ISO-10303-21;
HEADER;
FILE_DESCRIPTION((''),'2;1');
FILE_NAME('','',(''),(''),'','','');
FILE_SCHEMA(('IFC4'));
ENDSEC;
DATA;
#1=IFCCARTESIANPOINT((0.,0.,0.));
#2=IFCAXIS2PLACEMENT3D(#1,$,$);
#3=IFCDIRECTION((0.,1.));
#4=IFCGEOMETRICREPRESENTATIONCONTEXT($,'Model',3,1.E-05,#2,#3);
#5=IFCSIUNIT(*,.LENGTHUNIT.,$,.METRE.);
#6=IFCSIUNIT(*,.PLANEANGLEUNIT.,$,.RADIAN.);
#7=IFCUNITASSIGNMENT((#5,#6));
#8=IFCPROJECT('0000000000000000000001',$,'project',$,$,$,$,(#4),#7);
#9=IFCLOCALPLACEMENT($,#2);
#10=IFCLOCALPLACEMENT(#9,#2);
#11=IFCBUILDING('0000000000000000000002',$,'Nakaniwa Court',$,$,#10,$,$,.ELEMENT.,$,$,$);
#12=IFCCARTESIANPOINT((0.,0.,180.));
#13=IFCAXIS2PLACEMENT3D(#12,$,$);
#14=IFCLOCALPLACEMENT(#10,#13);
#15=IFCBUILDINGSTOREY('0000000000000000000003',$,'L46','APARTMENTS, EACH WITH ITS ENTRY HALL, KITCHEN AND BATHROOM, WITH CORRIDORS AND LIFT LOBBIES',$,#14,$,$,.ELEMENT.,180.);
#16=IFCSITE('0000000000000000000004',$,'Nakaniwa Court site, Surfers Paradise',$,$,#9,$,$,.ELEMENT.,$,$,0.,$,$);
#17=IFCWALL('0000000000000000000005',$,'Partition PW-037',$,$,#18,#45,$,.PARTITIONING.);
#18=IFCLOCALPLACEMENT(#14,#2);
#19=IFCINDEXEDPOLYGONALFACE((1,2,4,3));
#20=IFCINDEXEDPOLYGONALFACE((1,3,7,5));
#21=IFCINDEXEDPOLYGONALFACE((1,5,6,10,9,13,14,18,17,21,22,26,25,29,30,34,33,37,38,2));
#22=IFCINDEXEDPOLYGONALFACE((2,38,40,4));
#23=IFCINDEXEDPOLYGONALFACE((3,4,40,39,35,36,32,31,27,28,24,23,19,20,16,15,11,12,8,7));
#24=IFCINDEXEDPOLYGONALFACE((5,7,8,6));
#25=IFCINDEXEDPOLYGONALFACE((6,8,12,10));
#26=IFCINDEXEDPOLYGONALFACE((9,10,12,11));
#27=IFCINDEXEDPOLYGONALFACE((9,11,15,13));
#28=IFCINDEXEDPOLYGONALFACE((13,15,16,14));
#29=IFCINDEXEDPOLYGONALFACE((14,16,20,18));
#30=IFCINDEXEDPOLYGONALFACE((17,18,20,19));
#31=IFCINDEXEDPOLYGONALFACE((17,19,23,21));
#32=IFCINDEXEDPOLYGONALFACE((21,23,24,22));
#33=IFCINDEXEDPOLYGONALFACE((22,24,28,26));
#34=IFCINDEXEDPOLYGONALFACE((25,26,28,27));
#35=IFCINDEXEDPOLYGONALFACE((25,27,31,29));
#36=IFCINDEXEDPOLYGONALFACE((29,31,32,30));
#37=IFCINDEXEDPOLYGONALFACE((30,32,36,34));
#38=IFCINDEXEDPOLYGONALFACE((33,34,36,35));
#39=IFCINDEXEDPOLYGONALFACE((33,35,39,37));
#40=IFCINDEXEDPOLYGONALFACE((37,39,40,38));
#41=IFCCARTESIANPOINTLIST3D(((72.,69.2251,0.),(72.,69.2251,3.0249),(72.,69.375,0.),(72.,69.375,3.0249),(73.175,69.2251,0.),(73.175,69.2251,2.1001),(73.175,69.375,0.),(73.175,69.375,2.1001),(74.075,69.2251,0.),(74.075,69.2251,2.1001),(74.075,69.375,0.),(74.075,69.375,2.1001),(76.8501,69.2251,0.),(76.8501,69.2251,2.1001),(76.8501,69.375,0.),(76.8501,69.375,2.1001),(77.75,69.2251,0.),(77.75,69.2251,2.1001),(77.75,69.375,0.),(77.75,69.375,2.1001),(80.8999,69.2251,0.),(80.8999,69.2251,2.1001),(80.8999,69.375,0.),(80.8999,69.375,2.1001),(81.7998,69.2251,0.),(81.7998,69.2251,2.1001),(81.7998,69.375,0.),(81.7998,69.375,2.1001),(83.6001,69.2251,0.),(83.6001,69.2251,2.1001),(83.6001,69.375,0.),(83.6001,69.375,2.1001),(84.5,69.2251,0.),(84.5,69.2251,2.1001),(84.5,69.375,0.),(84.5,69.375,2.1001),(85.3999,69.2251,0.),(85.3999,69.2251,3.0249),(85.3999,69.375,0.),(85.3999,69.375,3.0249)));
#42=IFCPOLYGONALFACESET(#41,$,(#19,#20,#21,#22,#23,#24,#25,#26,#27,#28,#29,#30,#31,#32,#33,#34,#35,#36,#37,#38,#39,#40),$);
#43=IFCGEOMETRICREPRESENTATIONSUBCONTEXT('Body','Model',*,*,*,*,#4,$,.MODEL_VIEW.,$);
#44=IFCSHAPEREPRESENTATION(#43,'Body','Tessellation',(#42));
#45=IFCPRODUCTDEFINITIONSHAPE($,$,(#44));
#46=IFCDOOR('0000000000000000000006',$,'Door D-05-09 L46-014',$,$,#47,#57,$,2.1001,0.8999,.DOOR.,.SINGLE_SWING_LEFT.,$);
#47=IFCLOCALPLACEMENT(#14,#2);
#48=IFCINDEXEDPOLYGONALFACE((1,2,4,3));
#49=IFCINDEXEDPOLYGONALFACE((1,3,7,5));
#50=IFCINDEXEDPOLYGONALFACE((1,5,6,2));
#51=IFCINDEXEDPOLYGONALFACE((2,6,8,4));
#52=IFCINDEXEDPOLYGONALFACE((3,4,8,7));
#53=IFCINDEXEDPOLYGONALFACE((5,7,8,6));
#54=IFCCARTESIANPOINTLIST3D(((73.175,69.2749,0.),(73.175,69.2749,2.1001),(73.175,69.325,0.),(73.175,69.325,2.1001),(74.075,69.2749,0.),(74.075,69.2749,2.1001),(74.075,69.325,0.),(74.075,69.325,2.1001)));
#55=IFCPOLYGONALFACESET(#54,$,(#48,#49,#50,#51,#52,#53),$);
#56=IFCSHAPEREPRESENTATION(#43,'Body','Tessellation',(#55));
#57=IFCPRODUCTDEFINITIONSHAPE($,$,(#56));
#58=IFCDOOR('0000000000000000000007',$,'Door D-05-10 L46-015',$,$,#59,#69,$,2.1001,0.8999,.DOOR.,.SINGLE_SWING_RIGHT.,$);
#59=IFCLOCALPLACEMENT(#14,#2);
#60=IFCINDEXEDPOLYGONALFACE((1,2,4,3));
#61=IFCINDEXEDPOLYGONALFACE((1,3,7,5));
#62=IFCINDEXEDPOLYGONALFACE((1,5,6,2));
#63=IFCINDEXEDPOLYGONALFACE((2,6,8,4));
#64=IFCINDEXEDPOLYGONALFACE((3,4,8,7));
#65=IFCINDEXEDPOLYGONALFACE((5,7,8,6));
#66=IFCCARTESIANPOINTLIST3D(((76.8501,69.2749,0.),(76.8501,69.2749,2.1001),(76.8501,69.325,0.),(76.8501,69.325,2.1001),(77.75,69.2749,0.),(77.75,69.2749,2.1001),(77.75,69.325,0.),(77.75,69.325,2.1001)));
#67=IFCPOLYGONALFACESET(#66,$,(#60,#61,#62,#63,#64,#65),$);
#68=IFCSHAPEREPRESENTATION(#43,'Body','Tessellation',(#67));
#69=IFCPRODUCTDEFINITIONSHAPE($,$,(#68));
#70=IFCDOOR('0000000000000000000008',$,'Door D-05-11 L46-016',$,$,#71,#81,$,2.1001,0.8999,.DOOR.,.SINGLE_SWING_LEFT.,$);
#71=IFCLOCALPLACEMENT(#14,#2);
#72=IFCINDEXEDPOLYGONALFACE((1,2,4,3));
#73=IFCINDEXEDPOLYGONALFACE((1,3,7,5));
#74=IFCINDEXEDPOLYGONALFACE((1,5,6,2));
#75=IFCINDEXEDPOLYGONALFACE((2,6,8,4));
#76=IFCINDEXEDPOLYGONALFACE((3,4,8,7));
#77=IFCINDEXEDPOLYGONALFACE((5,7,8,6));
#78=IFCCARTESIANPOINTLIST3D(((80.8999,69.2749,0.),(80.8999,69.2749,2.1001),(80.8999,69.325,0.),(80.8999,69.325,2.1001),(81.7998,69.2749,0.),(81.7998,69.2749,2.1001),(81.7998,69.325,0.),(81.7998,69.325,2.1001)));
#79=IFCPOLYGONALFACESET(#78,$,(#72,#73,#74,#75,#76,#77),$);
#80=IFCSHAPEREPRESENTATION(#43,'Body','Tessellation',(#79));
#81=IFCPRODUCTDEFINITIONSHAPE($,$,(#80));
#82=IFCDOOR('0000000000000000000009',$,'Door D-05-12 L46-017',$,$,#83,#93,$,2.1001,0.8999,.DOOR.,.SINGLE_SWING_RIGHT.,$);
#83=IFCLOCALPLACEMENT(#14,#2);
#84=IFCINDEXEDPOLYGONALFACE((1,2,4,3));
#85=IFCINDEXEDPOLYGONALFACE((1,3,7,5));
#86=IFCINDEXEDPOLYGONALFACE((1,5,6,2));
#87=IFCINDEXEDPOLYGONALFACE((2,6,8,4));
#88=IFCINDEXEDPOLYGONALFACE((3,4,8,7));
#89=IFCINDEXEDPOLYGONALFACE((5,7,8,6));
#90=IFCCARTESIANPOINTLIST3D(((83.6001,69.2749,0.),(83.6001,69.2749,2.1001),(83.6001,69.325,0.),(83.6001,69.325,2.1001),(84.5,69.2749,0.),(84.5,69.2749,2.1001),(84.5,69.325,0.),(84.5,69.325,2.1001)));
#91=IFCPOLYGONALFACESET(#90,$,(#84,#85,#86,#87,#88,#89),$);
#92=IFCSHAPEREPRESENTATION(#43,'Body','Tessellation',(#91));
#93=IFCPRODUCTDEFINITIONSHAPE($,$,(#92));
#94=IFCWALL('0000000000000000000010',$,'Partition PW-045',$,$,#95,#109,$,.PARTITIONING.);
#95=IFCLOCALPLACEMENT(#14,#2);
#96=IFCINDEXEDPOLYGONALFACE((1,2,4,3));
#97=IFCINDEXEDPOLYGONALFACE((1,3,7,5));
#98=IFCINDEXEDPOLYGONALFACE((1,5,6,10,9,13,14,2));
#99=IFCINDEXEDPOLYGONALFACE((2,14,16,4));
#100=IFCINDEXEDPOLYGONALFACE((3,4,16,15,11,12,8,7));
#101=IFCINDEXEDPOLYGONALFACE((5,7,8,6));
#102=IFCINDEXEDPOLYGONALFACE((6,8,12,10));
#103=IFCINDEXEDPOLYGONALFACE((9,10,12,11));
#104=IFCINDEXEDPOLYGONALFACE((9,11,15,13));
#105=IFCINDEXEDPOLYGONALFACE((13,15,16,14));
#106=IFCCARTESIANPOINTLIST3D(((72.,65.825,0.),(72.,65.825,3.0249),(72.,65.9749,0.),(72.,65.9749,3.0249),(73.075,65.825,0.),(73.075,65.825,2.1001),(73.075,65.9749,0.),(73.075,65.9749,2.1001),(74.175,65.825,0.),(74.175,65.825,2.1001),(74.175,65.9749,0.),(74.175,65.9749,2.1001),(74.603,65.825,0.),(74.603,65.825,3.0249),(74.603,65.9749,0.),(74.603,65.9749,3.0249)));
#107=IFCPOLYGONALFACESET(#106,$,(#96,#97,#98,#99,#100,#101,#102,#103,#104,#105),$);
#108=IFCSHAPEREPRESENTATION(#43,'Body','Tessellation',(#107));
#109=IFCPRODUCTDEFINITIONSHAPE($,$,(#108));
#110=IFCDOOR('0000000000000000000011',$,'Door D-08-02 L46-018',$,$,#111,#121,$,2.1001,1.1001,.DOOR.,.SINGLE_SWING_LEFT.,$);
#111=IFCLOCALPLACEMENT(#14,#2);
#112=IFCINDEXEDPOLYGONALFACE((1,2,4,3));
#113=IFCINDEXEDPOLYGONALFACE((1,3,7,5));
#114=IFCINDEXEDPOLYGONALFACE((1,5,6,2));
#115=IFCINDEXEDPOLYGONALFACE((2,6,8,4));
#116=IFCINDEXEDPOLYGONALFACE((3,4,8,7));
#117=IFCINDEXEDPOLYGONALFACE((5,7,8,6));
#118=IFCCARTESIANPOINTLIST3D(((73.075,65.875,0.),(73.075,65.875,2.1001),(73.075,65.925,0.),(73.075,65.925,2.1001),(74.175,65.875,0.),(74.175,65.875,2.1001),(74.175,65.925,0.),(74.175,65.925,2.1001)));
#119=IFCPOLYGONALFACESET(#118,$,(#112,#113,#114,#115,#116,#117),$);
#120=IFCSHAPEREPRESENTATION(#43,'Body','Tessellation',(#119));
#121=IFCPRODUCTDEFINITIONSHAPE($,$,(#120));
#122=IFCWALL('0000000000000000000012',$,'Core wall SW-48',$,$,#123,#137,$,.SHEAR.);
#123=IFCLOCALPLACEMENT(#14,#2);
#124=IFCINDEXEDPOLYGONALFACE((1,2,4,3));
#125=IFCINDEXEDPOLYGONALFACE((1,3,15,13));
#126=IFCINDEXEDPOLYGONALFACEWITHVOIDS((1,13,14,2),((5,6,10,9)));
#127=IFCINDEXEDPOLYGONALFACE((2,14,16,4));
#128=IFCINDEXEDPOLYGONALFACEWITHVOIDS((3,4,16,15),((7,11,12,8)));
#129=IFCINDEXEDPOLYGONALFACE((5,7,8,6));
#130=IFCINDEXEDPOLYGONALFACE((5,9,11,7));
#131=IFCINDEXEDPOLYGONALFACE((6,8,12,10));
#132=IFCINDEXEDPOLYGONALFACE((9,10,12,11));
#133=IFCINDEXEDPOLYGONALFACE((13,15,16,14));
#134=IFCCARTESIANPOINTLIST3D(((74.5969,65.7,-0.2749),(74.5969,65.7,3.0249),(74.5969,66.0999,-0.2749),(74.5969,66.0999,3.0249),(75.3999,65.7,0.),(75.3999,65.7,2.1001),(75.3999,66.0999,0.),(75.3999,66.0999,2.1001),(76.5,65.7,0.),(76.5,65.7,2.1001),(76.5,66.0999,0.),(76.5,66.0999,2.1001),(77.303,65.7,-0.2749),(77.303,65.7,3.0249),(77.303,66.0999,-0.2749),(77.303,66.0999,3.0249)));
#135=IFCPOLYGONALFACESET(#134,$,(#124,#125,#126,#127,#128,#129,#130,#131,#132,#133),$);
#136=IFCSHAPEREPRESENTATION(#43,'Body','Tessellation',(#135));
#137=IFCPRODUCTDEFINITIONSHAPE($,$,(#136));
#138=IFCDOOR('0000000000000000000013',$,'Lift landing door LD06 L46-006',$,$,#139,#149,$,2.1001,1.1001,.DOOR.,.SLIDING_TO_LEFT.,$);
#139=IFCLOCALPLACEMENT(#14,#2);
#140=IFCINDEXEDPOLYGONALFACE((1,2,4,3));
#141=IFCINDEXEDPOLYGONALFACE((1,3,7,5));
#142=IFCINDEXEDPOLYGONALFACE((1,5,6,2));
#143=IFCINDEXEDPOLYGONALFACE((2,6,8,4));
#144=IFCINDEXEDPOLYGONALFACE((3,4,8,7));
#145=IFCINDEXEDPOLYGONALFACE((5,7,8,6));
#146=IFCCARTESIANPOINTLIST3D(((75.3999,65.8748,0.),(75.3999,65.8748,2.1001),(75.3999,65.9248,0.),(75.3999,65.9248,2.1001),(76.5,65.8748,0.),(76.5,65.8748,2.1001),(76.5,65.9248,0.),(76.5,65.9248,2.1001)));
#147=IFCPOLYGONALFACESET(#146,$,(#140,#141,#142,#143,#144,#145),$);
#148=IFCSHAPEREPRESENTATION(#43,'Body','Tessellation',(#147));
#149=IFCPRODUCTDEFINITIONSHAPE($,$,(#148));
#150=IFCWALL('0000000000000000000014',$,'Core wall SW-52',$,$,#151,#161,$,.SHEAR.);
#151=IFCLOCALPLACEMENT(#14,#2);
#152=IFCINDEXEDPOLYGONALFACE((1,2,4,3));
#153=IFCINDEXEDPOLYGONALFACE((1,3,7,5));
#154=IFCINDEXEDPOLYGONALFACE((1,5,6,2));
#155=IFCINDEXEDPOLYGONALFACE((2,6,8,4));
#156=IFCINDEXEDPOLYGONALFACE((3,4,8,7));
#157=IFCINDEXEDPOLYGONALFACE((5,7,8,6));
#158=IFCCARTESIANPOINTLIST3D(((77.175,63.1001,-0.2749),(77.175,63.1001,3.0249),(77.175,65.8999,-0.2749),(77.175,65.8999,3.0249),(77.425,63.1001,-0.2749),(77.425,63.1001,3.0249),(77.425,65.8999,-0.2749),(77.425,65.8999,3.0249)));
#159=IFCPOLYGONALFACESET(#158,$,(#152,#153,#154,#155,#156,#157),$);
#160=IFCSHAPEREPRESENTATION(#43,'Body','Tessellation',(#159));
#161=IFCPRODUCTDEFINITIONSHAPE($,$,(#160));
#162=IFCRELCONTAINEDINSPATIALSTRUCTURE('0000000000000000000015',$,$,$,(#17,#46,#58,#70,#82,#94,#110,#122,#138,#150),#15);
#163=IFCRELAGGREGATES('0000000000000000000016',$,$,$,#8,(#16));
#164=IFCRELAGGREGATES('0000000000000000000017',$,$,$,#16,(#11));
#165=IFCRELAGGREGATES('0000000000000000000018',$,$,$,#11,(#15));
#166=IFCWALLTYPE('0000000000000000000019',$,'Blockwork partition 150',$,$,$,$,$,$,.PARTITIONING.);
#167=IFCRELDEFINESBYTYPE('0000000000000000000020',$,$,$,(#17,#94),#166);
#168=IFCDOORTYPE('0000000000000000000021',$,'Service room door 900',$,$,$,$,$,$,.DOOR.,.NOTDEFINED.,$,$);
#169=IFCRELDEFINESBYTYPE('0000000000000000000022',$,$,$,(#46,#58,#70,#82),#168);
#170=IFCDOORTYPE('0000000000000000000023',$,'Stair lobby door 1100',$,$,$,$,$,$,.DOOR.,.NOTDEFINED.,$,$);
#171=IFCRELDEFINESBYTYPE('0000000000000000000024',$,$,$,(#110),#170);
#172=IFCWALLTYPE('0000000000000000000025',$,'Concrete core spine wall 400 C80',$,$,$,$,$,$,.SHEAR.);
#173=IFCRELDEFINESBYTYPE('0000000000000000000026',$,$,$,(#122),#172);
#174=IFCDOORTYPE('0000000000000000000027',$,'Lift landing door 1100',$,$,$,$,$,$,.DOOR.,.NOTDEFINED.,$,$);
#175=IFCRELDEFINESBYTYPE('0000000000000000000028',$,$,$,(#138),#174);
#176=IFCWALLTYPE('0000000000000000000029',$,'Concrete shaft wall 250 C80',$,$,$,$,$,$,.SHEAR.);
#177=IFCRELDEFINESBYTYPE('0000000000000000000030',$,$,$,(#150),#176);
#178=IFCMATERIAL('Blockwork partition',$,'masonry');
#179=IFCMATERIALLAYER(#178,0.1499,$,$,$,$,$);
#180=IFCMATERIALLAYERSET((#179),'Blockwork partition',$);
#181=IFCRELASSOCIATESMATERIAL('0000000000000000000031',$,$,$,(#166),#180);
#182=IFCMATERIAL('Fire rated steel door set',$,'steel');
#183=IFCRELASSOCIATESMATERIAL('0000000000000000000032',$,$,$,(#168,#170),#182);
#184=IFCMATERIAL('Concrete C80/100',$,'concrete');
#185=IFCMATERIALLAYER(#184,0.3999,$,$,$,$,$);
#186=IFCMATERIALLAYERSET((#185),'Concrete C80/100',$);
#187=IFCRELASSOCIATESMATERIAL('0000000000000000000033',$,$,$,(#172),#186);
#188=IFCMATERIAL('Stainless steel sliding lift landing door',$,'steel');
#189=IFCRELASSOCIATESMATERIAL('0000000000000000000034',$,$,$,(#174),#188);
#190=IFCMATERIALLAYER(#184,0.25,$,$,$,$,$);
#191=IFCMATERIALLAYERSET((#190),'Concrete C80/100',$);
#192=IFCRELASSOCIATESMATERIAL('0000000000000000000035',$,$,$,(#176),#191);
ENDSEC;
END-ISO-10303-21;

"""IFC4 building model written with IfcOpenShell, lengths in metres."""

from ifc_helpers import new_model, si_unit, direction, frame, frame_2d, origin, place, context, subcontext, project, spatial, rectangle, extrude, material, layer, layer_set, type_object, element, fill, save


model = new_model("IFC4")

# Units and contexts
model_context = context("Model", 3, precision=1e-05, world=origin(), true_north=direction((0.0, 1.0)))
body_context = subcontext(model_context, "Body", "Model", "MODEL_VIEW")
ifc_project = project(units=[si_unit("LENGTHUNIT", "METRE"), si_unit("PLANEANGLEUNIT", "RADIAN")], contexts=[model_context])

# Site, building, storey
site_placement = place(None, origin())
site = spatial("IfcSite", under=ifc_project, at=site_placement, Name="Nakaniwa Court site, Surfers Paradise", CompositionType="ELEMENT", RefElevation=0.0)
building_placement = place(site_placement, origin())
building = spatial("IfcBuilding", under=site, at=building_placement, Name="Nakaniwa Court", CompositionType="ELEMENT")
storey_placement = place(building_placement, frame((0.0, 0.0, 180.0)))
storey = spatial("IfcBuildingStorey", under=building, at=storey_placement, Name="L46", Description="APARTMENTS, EACH WITH ITS ENTRY HALL, KITCHEN AND BATHROOM, WITH CORRIDORS AND LIFT LOBBIES", CompositionType="ELEMENT", Elevation=180.0)

# Shared definitions
ifc_material_1 = material(Name="Concrete C80/100", Category="concrete")

# Wall, openings, doors
ifc_material_2 = material(Name="Blockwork partition", Category="masonry")
ifc_layer_1 = layer(ifc_material_2, 0.1499)
ifc_layer_set_1 = layer_set([ifc_layer_1], Name="Blockwork partition")
wall_type_1 = type_object("IfcWallType", Name="Blockwork partition 150", PredefinedType="PARTITIONING", material=ifc_layer_set_1)
wall_1_placement = place(storey_placement, frame((72.0, 69.3, 0.0), z_axis=(0.0, 0.0, 1.0), x_axis=(1.0, 0.0, 0.0)))
wall_1 = element("IfcWall", 1, at=wall_1_placement, inside=storey, type_object=wall_type_1, Name="Partition PW-037", PredefinedType="PARTITIONING", context=body_context, shape_type="SweptSolid", body=[
    extrude(rectangle(XDim=13.3999, YDim=0.1499, at=frame_2d((6.7, 0.0))), origin(), (0.0, 0.0, 1.0), 3.0249),
])
opening_1_placement = place(wall_1_placement, frame((1.175, 0.0, 0.0)))
opening_1 = element("IfcOpeningElement", 2, at=opening_1_placement, cuts=wall_1, PredefinedType="OPENING", context=body_context, shape_type="SweptSolid", body=[
    extrude(rectangle(XDim=0.8999, YDim=2.1001, at=frame_2d((0.45, 1.05))), frame((0.0, 0.085, 0.0), z_axis=(0.0, -1.0, 0.0), x_axis=(1.0, 0.0, 0.0)), (0.0, 0.0, 1.0), 0.1699),
])
opening_2_placement = place(wall_1_placement, frame((4.8501, 0.0, 0.0)))
opening_2 = element("IfcOpeningElement", 3, at=opening_2_placement, cuts=wall_1, PredefinedType="OPENING", context=body_context, shape_type="SweptSolid", body=[
    extrude(rectangle(XDim=0.8999, YDim=2.1001, at=frame_2d((0.45, 1.05))), frame((0.0, 0.085, 0.0), z_axis=(0.0, -1.0, 0.0), x_axis=(1.0, 0.0, 0.0)), (0.0, 0.0, 1.0), 0.1699),
])
opening_3_placement = place(wall_1_placement, frame((8.8999, 0.0, 0.0)))
opening_3 = element("IfcOpeningElement", 4, at=opening_3_placement, cuts=wall_1, PredefinedType="OPENING", context=body_context, shape_type="SweptSolid", body=[
    extrude(rectangle(XDim=0.8999, YDim=2.1001, at=frame_2d((0.45, 1.05))), frame((0.0, 0.085, 0.0), z_axis=(0.0, -1.0, 0.0), x_axis=(1.0, 0.0, 0.0)), (0.0, 0.0, 1.0), 0.1699),
])
opening_4_placement = place(wall_1_placement, frame((11.6001, 0.0, 0.0)))
opening_4 = element("IfcOpeningElement", 5, at=opening_4_placement, cuts=wall_1, PredefinedType="OPENING", context=body_context, shape_type="SweptSolid", body=[
    extrude(rectangle(XDim=0.8999, YDim=2.1001, at=frame_2d((0.45, 1.05))), frame((0.0, 0.085, 0.0), z_axis=(0.0, -1.0, 0.0), x_axis=(1.0, 0.0, 0.0)), (0.0, 0.0, 1.0), 0.1699),
])
ifc_material_3 = material(Name="Fire rated steel door set", Category="steel")
door_type_1 = type_object("IfcDoorType", Name="Service room door 900", OperationType="NOTDEFINED", PredefinedType="DOOR", material=ifc_material_3)
door_1_placement = place(opening_1_placement, origin())
door_1 = element("IfcDoor", 6, at=door_1_placement, inside=storey, type_object=door_type_1, Name="Door D-05-09 L46-014", OperationType="SINGLE_SWING_LEFT", OverallHeight=2.1001, OverallWidth=0.8999, PredefinedType="DOOR", context=body_context, shape_type="SweptSolid", body=[
    extrude(rectangle(XDim=0.8999, YDim=2.1001, at=frame_2d((0.45, 1.05))), frame((0.0, 0.0249, 0.0), z_axis=(0.0, -1.0, 0.0), x_axis=(1.0, 0.0, 0.0)), (0.0, 0.0, 1.0), 0.05),
])
fill(opening_1, door_1)
door_2_placement = place(opening_2_placement, origin())
door_2 = element("IfcDoor", 7, at=door_2_placement, inside=storey, type_object=door_type_1, Name="Door D-05-10 L46-015", OperationType="SINGLE_SWING_RIGHT", OverallHeight=2.1001, OverallWidth=0.8999, PredefinedType="DOOR", context=body_context, shape_type="SweptSolid", body=[
    extrude(rectangle(XDim=0.8999, YDim=2.1001, at=frame_2d((0.45, 1.05))), frame((0.0, 0.0249, 0.0), z_axis=(0.0, -1.0, 0.0), x_axis=(1.0, 0.0, 0.0)), (0.0, 0.0, 1.0), 0.05),
])
fill(opening_2, door_2)
door_3_placement = place(opening_3_placement, origin())
door_3 = element("IfcDoor", 8, at=door_3_placement, inside=storey, type_object=door_type_1, Name="Door D-05-11 L46-016", OperationType="SINGLE_SWING_LEFT", OverallHeight=2.1001, OverallWidth=0.8999, PredefinedType="DOOR", context=body_context, shape_type="SweptSolid", body=[
    extrude(rectangle(XDim=0.8999, YDim=2.1001, at=frame_2d((0.45, 1.05))), frame((0.0, 0.0249, 0.0), z_axis=(0.0, -1.0, 0.0), x_axis=(1.0, 0.0, 0.0)), (0.0, 0.0, 1.0), 0.05),
])
fill(opening_3, door_3)
door_4_placement = place(opening_4_placement, origin())
door_4 = element("IfcDoor", 9, at=door_4_placement, inside=storey, type_object=door_type_1, Name="Door D-05-12 L46-017", OperationType="SINGLE_SWING_RIGHT", OverallHeight=2.1001, OverallWidth=0.8999, PredefinedType="DOOR", context=body_context, shape_type="SweptSolid", body=[
    extrude(rectangle(XDim=0.8999, YDim=2.1001, at=frame_2d((0.45, 1.05))), frame((0.0, 0.0249, 0.0), z_axis=(0.0, -1.0, 0.0), x_axis=(1.0, 0.0, 0.0)), (0.0, 0.0, 1.0), 0.05),
])
fill(opening_4, door_4)

# Walls, openings, doors
wall_2_placement = place(storey_placement, frame((74.603, 65.8999, 0.0), z_axis=(0.0, 0.0, 1.0), x_axis=(-1.0, 0.0, 0.0)))
wall_2 = element("IfcWall", 10, at=wall_2_placement, inside=storey, type_object=wall_type_1, Name="Partition PW-045", PredefinedType="PARTITIONING", context=body_context, shape_type="SweptSolid", body=[
    extrude(rectangle(XDim=2.603, YDim=0.1499, at=frame_2d((1.3015, 0.0))), origin(), (0.0, 0.0, 1.0), 3.0249),
])
opening_5_placement = place(wall_2_placement, frame((0.428, 0.0, 0.0)))
opening_5 = element("IfcOpeningElement", 11, at=opening_5_placement, cuts=wall_2, PredefinedType="OPENING", context=body_context, shape_type="SweptSolid", body=[
    extrude(rectangle(XDim=1.1001, YDim=2.1001, at=frame_2d((0.55, 1.05))), frame((0.0, 0.085, 0.0), z_axis=(0.0, -1.0, 0.0), x_axis=(1.0, 0.0, 0.0)), (0.0, 0.0, 1.0), 0.1699),
])
door_type_2 = type_object("IfcDoorType", Name="Stair lobby door 1100", OperationType="NOTDEFINED", PredefinedType="DOOR", material=ifc_material_3)
door_5_placement = place(opening_5_placement, origin())
door_5 = element("IfcDoor", 12, at=door_5_placement, inside=storey, type_object=door_type_2, Name="Door D-08-02 L46-018", OperationType="SINGLE_SWING_LEFT", OverallHeight=2.1001, OverallWidth=1.1001, PredefinedType="DOOR", context=body_context, shape_type="SweptSolid", body=[
    extrude(rectangle(XDim=1.1001, YDim=2.1001, at=frame_2d((0.55, 1.05))), frame((0.0, 0.0249, 0.0), z_axis=(0.0, -1.0, 0.0), x_axis=(1.0, 0.0, 0.0)), (0.0, 0.0, 1.0), 0.05),
])
fill(opening_5, door_5)
ifc_layer_2 = layer(ifc_material_1, 0.3999)
ifc_layer_set_2 = layer_set([ifc_layer_2], Name="Concrete C80/100")
wall_type_2 = type_object("IfcWallType", Name="Concrete core spine wall 400 C80", PredefinedType="SHEAR", material=ifc_layer_set_2)
wall_3_placement = place(storey_placement, frame((74.5969, 65.8999, -0.2749), z_axis=(0.0, 0.0, 1.0), x_axis=(1.0, 0.0, 0.0)))
wall_3 = element("IfcWall", 13, at=wall_3_placement, inside=storey, type_object=wall_type_2, Name="Core wall SW-48", PredefinedType="SHEAR", context=body_context, shape_type="SweptSolid", body=[
    extrude(rectangle(XDim=2.7061, YDim=0.3999, at=frame_2d((1.353, 0.0))), origin(), (0.0, 0.0, 1.0), 3.2998),
])
opening_6_placement = place(wall_3_placement, frame((0.803, 0.0, 0.2749)))
opening_6 = element("IfcOpeningElement", 14, at=opening_6_placement, cuts=wall_3, PredefinedType="OPENING", context=body_context, shape_type="SweptSolid", body=[
    extrude(rectangle(XDim=1.1001, YDim=2.1001, at=frame_2d((0.55, 1.05))), frame((0.0, 0.21, 0.0), z_axis=(0.0, -1.0, 0.0), x_axis=(1.0, 0.0, 0.0)), (0.0, 0.0, 1.0), 0.4199),
])
ifc_material_4 = material(Name="Stainless steel sliding lift landing door", Category="steel")
door_type_3 = type_object("IfcDoorType", Name="Lift landing door 1100", OperationType="NOTDEFINED", PredefinedType="DOOR", material=ifc_material_4)
door_6_placement = place(opening_6_placement, origin())
door_6 = element("IfcDoor", 15, at=door_6_placement, inside=storey, type_object=door_type_3, Name="Lift landing door LD06 L46-006", OperationType="SLIDING_TO_LEFT", OverallHeight=2.1001, OverallWidth=1.1001, PredefinedType="DOOR", context=body_context, shape_type="SweptSolid", body=[
    extrude(rectangle(XDim=1.1001, YDim=2.1001, at=frame_2d((0.55, 1.05))), frame((0.0, 0.0249, 0.0), z_axis=(0.0, -1.0, 0.0), x_axis=(1.0, 0.0, 0.0)), (0.0, 0.0, 1.0), 0.05),
])
fill(opening_6, door_6)

# Wall
ifc_layer_3 = layer(ifc_material_1, 0.25)
ifc_layer_set_3 = layer_set([ifc_layer_3], Name="Concrete C80/100")
wall_type_3 = type_object("IfcWallType", Name="Concrete shaft wall 250 C80", PredefinedType="SHEAR", material=ifc_layer_set_3)
wall_4_placement = place(storey_placement, frame((77.3, 63.1001, -0.2749), z_axis=(0.0, 0.0, 1.0), x_axis=(0.0, 1.0, 0.0)))
element("IfcWall", 16, at=wall_4_placement, inside=storey, type_object=wall_type_3, Name="Core wall SW-52", PredefinedType="SHEAR", context=body_context, shape_type="SweptSolid", body=[
    extrude(rectangle(XDim=2.7998, YDim=0.25, at=frame_2d((1.3999, 0.0))), origin(), (0.0, 0.0, 1.0), 3.2998),
])

save(model, "model.ifc")
